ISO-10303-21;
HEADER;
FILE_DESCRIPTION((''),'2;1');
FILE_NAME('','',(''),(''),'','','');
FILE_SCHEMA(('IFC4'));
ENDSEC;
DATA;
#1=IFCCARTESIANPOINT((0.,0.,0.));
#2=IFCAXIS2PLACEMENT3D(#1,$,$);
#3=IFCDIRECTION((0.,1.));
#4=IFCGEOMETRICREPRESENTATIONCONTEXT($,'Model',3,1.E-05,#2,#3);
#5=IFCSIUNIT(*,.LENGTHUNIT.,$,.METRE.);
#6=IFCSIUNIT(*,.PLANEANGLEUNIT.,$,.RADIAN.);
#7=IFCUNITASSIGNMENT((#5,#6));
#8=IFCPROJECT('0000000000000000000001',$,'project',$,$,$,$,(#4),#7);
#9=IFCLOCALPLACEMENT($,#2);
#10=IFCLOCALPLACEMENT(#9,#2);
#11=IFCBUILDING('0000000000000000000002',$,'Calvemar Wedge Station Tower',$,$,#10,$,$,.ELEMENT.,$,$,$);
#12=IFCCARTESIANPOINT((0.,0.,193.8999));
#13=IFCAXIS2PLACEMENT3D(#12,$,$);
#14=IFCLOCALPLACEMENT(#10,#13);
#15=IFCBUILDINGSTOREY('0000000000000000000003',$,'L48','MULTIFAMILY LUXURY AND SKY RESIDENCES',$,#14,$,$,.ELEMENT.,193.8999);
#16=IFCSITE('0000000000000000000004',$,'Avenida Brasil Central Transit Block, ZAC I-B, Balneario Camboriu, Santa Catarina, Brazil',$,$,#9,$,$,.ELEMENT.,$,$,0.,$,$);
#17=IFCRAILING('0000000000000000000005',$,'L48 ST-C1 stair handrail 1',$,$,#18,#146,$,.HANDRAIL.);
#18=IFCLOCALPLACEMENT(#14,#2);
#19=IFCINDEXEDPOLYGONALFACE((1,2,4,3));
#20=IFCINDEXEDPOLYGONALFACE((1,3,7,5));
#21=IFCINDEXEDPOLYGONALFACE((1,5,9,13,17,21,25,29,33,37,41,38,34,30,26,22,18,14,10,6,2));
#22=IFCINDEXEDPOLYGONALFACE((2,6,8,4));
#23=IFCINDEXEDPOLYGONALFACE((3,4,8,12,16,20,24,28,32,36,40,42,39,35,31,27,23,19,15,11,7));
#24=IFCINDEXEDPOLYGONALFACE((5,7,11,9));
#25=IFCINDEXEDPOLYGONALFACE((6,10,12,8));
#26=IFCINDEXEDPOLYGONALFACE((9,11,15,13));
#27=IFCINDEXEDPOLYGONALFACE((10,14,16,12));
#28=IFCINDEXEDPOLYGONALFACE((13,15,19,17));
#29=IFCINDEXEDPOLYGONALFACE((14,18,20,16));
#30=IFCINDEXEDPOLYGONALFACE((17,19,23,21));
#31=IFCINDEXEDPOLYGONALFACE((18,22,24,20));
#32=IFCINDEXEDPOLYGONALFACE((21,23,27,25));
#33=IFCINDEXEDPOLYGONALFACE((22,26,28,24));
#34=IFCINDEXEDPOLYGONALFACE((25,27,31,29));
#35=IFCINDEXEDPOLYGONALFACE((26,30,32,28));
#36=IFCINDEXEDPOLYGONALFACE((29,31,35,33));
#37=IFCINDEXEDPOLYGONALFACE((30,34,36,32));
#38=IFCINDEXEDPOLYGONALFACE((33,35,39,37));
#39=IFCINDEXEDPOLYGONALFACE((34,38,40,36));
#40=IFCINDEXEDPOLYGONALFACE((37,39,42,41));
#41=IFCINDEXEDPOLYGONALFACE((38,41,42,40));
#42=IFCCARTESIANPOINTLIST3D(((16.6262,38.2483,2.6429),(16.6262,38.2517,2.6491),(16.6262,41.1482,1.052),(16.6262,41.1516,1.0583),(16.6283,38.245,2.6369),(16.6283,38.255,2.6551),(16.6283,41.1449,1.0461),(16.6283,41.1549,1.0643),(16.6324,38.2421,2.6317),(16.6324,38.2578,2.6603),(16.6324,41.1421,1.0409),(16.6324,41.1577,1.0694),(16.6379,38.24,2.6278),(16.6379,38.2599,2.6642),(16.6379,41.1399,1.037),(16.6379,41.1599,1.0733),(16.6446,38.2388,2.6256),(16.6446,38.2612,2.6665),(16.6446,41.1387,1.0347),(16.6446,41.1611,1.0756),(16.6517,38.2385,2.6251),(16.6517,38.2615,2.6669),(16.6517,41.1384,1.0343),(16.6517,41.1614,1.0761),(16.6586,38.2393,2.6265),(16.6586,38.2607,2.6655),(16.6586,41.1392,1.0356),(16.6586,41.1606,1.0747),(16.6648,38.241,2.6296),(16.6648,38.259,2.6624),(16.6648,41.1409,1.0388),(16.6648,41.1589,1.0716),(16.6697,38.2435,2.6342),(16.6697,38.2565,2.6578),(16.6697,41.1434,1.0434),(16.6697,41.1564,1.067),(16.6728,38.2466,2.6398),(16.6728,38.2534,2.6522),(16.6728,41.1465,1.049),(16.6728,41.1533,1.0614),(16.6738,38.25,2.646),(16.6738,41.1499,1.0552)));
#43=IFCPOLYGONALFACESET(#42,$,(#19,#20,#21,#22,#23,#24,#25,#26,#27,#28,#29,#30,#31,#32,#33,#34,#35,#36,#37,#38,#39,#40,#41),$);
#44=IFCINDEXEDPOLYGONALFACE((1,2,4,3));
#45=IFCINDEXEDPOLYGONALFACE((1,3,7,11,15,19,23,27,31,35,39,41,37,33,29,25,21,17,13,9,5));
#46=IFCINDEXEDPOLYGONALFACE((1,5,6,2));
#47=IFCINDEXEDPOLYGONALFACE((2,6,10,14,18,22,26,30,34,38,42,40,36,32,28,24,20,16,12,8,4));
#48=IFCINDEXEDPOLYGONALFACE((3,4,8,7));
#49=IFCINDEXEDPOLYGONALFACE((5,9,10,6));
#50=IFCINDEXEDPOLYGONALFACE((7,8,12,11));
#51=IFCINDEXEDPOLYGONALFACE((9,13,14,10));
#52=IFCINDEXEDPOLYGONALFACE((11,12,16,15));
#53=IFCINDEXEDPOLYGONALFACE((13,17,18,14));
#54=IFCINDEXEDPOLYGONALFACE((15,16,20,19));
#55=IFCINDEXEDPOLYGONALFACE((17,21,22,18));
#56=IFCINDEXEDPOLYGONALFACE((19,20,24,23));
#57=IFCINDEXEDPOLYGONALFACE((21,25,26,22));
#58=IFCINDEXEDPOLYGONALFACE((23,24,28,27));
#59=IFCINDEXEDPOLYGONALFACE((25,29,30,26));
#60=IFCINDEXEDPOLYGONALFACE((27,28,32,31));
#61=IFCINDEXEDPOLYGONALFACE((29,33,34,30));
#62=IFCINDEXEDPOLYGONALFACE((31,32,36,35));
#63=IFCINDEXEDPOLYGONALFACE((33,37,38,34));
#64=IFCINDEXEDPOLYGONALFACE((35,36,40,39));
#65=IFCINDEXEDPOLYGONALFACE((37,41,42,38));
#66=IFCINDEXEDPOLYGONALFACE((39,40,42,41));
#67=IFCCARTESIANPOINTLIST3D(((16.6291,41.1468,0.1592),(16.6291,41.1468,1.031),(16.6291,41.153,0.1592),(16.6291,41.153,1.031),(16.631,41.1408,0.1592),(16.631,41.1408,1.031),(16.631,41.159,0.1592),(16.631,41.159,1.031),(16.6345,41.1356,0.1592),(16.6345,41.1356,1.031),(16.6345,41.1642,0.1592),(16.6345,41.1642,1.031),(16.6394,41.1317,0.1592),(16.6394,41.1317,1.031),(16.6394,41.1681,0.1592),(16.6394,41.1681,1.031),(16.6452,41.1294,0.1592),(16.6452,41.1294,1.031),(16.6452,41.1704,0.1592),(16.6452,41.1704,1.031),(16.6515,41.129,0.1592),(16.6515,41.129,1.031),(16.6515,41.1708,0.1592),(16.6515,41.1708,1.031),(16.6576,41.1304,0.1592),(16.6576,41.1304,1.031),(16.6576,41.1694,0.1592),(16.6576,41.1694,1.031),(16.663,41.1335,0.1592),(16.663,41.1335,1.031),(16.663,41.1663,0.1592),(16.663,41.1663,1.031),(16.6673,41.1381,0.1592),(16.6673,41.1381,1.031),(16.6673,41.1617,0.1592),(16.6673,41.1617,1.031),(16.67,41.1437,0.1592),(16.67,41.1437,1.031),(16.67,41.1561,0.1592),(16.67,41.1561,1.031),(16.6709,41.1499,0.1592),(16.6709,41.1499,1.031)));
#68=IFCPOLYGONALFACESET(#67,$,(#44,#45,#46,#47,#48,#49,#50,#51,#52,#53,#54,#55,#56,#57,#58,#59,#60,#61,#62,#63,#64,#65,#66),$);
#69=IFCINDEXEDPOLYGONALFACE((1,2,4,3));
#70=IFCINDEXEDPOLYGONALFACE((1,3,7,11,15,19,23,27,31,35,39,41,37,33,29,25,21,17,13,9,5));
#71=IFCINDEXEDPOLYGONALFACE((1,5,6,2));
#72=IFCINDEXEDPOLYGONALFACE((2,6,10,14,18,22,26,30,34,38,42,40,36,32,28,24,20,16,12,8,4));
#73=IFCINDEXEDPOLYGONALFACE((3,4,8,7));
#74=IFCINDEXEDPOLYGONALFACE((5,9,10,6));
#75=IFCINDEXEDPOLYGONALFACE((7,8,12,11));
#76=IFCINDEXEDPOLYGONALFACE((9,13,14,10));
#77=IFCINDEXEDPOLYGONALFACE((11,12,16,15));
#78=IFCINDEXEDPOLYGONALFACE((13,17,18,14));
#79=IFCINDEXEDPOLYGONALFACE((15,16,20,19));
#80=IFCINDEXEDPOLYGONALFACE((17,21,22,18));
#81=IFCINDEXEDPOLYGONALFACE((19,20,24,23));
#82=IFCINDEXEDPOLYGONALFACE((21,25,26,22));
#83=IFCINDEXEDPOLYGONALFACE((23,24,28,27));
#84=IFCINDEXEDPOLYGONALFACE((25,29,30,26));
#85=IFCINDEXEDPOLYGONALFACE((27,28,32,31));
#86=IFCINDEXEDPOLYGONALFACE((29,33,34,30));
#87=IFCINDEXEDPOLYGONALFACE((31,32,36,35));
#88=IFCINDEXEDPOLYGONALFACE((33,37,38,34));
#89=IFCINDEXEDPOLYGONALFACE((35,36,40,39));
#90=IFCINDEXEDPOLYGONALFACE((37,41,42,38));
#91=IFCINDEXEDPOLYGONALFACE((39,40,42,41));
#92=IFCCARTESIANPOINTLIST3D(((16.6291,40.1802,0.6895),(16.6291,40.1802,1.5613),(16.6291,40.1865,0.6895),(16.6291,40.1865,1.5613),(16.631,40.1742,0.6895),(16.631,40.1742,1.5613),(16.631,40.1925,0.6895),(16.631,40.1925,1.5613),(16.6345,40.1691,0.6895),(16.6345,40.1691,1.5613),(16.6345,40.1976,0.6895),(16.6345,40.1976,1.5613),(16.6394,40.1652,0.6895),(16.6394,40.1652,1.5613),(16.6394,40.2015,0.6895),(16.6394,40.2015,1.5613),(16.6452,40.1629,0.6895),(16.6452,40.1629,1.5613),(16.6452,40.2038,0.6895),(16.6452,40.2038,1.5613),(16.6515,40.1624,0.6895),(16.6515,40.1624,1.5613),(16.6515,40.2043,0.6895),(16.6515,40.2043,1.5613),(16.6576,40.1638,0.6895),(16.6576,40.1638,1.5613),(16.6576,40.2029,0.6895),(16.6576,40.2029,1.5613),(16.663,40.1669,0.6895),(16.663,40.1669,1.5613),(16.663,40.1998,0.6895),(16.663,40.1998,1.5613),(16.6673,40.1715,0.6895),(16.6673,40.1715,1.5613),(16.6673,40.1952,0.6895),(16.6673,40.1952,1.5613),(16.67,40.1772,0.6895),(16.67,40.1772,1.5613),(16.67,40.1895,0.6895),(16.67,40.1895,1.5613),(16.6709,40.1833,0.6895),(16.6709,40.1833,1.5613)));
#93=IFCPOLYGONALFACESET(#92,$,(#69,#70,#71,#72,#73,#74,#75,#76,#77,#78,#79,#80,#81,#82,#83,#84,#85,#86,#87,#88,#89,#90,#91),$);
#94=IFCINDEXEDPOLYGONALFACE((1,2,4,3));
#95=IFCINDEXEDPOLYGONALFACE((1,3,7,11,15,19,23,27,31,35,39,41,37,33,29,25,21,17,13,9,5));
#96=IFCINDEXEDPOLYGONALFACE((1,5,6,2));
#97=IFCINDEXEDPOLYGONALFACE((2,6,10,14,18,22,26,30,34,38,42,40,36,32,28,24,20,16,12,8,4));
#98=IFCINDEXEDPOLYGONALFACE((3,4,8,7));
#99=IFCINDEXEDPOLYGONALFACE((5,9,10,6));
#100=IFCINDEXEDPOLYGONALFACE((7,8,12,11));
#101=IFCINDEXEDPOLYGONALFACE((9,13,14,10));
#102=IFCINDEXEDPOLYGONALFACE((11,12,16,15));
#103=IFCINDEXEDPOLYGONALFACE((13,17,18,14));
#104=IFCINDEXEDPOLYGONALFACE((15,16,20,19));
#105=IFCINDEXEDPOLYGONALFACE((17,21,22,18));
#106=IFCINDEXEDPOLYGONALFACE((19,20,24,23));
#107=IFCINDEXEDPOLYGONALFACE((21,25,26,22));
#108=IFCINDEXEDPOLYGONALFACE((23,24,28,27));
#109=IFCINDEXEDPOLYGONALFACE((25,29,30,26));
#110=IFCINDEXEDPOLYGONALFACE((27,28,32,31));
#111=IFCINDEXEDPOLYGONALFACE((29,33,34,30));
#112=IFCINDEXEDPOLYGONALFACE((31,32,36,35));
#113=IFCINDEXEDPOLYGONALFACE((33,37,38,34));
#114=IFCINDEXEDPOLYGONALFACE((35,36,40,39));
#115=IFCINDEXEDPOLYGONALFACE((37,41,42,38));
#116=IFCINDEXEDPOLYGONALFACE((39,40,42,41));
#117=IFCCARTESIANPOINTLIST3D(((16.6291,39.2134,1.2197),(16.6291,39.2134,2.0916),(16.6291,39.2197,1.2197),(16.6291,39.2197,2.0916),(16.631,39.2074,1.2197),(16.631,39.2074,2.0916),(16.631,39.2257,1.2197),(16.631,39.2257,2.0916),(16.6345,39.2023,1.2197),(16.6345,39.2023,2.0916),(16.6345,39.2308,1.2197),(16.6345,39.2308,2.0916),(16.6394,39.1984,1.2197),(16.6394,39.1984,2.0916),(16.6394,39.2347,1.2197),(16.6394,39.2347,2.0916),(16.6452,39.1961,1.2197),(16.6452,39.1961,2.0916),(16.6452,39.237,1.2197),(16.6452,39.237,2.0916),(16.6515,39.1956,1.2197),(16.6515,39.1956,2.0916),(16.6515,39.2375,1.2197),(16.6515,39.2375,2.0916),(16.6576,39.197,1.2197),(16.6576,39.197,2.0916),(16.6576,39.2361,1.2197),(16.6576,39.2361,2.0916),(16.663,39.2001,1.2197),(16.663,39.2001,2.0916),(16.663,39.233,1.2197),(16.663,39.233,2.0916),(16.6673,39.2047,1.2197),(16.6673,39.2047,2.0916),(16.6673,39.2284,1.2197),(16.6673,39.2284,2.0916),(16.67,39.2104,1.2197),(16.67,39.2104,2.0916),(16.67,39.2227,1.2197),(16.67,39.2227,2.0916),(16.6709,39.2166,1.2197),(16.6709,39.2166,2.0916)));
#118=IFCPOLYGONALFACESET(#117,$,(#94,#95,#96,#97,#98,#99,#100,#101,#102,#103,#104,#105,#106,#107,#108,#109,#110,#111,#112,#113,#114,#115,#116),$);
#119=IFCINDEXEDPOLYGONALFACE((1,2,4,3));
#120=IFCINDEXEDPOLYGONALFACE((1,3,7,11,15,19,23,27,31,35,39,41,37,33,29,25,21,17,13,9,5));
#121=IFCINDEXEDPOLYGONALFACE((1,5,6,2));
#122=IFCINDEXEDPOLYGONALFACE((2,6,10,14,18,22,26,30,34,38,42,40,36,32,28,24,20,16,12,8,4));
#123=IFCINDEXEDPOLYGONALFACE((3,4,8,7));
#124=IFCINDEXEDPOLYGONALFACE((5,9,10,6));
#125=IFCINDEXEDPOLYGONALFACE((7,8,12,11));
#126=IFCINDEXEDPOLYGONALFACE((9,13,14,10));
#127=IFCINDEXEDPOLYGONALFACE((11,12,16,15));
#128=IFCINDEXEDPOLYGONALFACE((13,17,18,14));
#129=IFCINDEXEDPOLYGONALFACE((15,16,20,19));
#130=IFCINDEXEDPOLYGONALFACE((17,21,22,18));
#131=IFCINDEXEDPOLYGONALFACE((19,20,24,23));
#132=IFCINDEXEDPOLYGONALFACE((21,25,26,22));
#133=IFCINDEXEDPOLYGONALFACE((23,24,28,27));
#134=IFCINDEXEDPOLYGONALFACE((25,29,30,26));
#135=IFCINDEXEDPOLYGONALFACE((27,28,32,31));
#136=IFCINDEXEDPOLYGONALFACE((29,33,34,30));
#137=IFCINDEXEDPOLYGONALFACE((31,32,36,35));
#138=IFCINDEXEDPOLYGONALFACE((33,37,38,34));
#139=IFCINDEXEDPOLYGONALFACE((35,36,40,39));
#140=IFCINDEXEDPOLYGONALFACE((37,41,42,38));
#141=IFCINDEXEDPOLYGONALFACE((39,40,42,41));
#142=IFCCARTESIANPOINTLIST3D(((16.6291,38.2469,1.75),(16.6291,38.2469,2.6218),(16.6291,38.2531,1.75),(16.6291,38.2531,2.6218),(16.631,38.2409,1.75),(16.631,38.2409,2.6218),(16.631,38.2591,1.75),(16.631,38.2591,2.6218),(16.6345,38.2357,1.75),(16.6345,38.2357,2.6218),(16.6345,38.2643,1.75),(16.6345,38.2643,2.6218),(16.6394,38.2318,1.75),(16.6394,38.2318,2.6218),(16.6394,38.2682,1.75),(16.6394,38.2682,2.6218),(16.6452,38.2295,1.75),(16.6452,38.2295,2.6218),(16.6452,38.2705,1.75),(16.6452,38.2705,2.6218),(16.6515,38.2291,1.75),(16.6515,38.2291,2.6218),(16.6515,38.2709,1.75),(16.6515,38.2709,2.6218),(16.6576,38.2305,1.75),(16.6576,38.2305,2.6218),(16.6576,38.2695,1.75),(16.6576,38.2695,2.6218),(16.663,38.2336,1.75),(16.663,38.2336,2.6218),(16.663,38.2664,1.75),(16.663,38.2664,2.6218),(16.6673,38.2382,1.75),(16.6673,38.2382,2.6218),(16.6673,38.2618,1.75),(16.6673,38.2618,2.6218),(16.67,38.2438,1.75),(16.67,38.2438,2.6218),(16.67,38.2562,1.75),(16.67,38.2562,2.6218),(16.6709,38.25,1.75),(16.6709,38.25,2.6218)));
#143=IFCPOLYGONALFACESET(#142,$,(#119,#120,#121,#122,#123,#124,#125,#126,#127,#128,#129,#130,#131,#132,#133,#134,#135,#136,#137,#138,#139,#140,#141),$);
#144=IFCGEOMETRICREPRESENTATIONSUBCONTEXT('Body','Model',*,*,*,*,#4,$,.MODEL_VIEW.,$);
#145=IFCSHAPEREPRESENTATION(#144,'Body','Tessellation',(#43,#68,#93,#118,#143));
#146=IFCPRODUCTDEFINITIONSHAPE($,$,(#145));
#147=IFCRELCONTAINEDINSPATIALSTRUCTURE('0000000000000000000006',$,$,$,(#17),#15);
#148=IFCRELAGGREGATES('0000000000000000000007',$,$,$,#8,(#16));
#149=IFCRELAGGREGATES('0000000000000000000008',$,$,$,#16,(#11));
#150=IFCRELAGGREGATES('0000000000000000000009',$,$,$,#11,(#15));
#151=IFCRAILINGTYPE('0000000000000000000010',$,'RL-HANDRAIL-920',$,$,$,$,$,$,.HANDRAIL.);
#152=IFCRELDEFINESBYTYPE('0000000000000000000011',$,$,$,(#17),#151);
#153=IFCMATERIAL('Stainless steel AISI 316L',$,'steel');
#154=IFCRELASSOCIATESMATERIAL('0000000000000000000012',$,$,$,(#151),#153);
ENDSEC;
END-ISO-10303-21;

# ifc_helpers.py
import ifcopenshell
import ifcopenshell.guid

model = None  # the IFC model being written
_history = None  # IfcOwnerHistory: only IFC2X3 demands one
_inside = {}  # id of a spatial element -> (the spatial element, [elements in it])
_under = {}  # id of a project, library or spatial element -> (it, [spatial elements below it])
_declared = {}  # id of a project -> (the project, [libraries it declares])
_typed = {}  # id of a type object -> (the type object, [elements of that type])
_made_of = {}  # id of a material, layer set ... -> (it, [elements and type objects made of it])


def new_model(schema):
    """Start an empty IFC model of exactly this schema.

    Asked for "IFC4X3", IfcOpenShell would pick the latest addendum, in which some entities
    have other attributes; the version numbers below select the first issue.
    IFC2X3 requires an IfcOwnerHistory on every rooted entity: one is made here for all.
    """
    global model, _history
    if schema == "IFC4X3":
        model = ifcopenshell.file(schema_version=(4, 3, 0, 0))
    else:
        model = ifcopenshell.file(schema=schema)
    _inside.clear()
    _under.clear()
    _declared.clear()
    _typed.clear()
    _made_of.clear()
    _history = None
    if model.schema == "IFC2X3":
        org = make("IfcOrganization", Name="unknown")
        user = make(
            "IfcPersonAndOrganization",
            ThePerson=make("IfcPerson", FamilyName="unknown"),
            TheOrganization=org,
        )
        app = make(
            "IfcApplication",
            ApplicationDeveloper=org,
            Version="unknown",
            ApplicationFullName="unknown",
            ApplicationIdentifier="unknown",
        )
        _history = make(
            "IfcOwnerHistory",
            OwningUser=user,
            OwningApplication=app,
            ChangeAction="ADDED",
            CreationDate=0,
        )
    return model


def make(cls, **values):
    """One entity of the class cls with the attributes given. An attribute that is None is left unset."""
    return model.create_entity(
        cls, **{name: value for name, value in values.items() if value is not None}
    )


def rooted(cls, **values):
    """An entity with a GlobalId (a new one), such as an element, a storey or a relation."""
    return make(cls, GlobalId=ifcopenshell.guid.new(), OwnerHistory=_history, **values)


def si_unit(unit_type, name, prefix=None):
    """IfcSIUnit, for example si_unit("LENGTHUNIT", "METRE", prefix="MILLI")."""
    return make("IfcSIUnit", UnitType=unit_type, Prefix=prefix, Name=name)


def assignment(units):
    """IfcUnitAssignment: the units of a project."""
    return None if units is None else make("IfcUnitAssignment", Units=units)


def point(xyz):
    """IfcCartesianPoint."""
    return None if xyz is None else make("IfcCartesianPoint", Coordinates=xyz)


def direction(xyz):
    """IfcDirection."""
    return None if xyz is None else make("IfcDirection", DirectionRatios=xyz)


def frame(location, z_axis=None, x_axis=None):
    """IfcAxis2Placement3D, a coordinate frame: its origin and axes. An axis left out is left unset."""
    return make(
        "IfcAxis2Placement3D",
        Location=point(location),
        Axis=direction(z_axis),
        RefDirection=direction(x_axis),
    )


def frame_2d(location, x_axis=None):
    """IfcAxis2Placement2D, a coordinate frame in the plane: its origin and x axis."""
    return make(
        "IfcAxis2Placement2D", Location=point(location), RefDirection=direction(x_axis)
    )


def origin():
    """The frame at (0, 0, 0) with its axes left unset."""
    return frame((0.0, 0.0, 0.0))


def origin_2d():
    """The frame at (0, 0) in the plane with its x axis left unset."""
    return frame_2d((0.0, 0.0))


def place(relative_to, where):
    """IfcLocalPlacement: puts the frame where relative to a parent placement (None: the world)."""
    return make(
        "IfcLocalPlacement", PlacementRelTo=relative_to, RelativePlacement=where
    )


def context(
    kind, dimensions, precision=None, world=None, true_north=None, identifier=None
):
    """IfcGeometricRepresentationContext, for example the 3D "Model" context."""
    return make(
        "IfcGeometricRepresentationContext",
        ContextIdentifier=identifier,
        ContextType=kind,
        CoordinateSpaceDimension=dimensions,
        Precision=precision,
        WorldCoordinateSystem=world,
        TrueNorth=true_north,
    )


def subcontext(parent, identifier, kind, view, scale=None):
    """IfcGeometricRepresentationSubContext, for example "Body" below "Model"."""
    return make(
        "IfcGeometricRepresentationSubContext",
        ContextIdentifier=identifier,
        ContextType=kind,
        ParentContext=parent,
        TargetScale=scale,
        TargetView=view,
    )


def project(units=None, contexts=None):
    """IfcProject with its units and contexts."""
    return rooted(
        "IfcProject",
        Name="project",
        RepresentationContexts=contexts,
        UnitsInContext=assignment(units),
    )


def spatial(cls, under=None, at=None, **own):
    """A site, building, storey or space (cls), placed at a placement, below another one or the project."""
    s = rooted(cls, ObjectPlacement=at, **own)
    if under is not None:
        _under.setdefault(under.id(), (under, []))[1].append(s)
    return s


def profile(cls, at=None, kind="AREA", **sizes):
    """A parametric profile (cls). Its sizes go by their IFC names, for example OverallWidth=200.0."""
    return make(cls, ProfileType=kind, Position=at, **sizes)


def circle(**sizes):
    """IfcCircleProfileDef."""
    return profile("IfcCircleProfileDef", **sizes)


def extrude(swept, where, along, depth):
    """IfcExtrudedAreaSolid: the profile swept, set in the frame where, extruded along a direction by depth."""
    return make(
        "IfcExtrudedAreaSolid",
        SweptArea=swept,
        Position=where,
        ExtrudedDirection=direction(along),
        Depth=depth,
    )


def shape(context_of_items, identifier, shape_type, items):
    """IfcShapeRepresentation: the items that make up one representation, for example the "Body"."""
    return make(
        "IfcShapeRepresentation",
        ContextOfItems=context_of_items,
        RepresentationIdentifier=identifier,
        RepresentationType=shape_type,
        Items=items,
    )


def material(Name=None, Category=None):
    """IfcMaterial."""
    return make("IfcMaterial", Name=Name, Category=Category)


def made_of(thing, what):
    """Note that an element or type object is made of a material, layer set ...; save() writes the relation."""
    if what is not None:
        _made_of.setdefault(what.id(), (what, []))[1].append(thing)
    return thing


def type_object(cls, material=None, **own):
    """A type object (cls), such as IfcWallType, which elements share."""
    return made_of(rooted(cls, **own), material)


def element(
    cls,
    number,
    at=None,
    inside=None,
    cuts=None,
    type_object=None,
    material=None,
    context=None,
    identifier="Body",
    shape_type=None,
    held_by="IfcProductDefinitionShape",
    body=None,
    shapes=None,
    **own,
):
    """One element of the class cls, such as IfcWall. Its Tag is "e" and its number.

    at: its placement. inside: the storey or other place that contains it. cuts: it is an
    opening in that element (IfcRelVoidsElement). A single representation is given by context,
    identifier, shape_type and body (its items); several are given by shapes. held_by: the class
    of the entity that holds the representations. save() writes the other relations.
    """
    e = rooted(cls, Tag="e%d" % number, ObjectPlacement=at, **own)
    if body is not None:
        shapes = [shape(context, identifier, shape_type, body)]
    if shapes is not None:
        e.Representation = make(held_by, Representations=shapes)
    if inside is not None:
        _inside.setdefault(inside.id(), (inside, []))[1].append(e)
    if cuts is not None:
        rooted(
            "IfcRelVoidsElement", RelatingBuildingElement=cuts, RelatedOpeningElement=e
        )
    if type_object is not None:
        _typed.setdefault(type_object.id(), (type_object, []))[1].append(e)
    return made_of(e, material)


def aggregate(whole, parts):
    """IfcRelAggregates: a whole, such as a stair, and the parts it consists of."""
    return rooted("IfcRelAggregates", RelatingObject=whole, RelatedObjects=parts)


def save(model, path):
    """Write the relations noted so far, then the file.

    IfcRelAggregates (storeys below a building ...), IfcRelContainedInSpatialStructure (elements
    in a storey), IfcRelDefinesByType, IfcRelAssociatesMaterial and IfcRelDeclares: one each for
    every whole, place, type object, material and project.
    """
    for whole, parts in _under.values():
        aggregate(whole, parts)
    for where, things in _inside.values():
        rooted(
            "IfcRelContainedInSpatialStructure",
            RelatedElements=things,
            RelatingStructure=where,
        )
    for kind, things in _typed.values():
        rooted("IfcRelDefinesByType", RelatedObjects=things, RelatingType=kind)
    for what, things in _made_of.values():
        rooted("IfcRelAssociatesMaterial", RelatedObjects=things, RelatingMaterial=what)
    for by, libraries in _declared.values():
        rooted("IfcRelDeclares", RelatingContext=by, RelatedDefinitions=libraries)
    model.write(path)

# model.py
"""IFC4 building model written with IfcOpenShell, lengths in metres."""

from ifc_helpers import new_model, si_unit, direction, frame, origin, origin_2d, place, context, subcontext, project, spatial, circle, extrude, material, type_object, element, save


model = new_model("IFC4")

# Units and contexts
model_context = context("Model", 3, precision=1e-05, world=origin(), true_north=direction((0.0, 1.0)))
body_context = subcontext(model_context, "Body", "Model", "MODEL_VIEW")
ifc_project = project(units=[si_unit("LENGTHUNIT", "METRE"), si_unit("PLANEANGLEUNIT", "RADIAN")], contexts=[model_context])

# Site, building, storey
site_placement = place(None, origin())
site = spatial("IfcSite", under=ifc_project, at=site_placement, Name="Avenida Brasil Central Transit Block, ZAC I-B, Balneario Camboriu, Santa Catarina, Brazil", CompositionType="ELEMENT", RefElevation=0.0)
building_placement = place(site_placement, origin())
building = spatial("IfcBuilding", under=site, at=building_placement, Name="Calvemar Wedge Station Tower", CompositionType="ELEMENT")
storey_placement = place(building_placement, frame((0.0, 0.0, 193.8999)))
storey = spatial("IfcBuildingStorey", under=building, at=storey_placement, Name="L48", Description="MULTIFAMILY LUXURY AND SKY RESIDENCES", CompositionType="ELEMENT", Elevation=193.8999)

# Railing
ifc_material_1 = material(Name="Stainless steel AISI 316L", Category="steel")
railing_type_1 = type_object("IfcRailingType", Name="RL-HANDRAIL-920", PredefinedType="HANDRAIL", material=ifc_material_1)
railing_1_placement = place(storey_placement, frame((16.6499, 41.1499, 0.1592)))
element("IfcRailing", 1, at=railing_1_placement, inside=storey, type_object=railing_type_1, Name="L48 ST-C1 stair handrail 1", PredefinedType="HANDRAIL", context=body_context, shape_type="SweptSolid", body=[
    extrude(circle(Radius=0.0239, at=origin_2d()), frame((0.0, 0.0, 0.896), z_axis=(0.0, -0.876742, 0.480961), x_axis=(1.0, 0.0, 0.0)), (0.0, 0.0, 1.0), 3.3076),
    extrude(circle(Radius=0.021, at=origin_2d()), origin(), (0.0, 0.0, 1.0), 0.8718),
    extrude(circle(Radius=0.021, at=origin_2d()), frame((0.0, -0.9666, 0.5303)), (0.0, 0.0, 1.0), 0.8718),
    extrude(circle(Radius=0.021, at=origin_2d()), frame((0.0, -1.9333, 1.0605)), (0.0, 0.0, 1.0), 0.8718),
    extrude(circle(Radius=0.021, at=origin_2d()), frame((0.0, -2.8999, 1.5908)), (0.0, 0.0, 1.0), 0.8718),
])

save(model, "model.ifc")
